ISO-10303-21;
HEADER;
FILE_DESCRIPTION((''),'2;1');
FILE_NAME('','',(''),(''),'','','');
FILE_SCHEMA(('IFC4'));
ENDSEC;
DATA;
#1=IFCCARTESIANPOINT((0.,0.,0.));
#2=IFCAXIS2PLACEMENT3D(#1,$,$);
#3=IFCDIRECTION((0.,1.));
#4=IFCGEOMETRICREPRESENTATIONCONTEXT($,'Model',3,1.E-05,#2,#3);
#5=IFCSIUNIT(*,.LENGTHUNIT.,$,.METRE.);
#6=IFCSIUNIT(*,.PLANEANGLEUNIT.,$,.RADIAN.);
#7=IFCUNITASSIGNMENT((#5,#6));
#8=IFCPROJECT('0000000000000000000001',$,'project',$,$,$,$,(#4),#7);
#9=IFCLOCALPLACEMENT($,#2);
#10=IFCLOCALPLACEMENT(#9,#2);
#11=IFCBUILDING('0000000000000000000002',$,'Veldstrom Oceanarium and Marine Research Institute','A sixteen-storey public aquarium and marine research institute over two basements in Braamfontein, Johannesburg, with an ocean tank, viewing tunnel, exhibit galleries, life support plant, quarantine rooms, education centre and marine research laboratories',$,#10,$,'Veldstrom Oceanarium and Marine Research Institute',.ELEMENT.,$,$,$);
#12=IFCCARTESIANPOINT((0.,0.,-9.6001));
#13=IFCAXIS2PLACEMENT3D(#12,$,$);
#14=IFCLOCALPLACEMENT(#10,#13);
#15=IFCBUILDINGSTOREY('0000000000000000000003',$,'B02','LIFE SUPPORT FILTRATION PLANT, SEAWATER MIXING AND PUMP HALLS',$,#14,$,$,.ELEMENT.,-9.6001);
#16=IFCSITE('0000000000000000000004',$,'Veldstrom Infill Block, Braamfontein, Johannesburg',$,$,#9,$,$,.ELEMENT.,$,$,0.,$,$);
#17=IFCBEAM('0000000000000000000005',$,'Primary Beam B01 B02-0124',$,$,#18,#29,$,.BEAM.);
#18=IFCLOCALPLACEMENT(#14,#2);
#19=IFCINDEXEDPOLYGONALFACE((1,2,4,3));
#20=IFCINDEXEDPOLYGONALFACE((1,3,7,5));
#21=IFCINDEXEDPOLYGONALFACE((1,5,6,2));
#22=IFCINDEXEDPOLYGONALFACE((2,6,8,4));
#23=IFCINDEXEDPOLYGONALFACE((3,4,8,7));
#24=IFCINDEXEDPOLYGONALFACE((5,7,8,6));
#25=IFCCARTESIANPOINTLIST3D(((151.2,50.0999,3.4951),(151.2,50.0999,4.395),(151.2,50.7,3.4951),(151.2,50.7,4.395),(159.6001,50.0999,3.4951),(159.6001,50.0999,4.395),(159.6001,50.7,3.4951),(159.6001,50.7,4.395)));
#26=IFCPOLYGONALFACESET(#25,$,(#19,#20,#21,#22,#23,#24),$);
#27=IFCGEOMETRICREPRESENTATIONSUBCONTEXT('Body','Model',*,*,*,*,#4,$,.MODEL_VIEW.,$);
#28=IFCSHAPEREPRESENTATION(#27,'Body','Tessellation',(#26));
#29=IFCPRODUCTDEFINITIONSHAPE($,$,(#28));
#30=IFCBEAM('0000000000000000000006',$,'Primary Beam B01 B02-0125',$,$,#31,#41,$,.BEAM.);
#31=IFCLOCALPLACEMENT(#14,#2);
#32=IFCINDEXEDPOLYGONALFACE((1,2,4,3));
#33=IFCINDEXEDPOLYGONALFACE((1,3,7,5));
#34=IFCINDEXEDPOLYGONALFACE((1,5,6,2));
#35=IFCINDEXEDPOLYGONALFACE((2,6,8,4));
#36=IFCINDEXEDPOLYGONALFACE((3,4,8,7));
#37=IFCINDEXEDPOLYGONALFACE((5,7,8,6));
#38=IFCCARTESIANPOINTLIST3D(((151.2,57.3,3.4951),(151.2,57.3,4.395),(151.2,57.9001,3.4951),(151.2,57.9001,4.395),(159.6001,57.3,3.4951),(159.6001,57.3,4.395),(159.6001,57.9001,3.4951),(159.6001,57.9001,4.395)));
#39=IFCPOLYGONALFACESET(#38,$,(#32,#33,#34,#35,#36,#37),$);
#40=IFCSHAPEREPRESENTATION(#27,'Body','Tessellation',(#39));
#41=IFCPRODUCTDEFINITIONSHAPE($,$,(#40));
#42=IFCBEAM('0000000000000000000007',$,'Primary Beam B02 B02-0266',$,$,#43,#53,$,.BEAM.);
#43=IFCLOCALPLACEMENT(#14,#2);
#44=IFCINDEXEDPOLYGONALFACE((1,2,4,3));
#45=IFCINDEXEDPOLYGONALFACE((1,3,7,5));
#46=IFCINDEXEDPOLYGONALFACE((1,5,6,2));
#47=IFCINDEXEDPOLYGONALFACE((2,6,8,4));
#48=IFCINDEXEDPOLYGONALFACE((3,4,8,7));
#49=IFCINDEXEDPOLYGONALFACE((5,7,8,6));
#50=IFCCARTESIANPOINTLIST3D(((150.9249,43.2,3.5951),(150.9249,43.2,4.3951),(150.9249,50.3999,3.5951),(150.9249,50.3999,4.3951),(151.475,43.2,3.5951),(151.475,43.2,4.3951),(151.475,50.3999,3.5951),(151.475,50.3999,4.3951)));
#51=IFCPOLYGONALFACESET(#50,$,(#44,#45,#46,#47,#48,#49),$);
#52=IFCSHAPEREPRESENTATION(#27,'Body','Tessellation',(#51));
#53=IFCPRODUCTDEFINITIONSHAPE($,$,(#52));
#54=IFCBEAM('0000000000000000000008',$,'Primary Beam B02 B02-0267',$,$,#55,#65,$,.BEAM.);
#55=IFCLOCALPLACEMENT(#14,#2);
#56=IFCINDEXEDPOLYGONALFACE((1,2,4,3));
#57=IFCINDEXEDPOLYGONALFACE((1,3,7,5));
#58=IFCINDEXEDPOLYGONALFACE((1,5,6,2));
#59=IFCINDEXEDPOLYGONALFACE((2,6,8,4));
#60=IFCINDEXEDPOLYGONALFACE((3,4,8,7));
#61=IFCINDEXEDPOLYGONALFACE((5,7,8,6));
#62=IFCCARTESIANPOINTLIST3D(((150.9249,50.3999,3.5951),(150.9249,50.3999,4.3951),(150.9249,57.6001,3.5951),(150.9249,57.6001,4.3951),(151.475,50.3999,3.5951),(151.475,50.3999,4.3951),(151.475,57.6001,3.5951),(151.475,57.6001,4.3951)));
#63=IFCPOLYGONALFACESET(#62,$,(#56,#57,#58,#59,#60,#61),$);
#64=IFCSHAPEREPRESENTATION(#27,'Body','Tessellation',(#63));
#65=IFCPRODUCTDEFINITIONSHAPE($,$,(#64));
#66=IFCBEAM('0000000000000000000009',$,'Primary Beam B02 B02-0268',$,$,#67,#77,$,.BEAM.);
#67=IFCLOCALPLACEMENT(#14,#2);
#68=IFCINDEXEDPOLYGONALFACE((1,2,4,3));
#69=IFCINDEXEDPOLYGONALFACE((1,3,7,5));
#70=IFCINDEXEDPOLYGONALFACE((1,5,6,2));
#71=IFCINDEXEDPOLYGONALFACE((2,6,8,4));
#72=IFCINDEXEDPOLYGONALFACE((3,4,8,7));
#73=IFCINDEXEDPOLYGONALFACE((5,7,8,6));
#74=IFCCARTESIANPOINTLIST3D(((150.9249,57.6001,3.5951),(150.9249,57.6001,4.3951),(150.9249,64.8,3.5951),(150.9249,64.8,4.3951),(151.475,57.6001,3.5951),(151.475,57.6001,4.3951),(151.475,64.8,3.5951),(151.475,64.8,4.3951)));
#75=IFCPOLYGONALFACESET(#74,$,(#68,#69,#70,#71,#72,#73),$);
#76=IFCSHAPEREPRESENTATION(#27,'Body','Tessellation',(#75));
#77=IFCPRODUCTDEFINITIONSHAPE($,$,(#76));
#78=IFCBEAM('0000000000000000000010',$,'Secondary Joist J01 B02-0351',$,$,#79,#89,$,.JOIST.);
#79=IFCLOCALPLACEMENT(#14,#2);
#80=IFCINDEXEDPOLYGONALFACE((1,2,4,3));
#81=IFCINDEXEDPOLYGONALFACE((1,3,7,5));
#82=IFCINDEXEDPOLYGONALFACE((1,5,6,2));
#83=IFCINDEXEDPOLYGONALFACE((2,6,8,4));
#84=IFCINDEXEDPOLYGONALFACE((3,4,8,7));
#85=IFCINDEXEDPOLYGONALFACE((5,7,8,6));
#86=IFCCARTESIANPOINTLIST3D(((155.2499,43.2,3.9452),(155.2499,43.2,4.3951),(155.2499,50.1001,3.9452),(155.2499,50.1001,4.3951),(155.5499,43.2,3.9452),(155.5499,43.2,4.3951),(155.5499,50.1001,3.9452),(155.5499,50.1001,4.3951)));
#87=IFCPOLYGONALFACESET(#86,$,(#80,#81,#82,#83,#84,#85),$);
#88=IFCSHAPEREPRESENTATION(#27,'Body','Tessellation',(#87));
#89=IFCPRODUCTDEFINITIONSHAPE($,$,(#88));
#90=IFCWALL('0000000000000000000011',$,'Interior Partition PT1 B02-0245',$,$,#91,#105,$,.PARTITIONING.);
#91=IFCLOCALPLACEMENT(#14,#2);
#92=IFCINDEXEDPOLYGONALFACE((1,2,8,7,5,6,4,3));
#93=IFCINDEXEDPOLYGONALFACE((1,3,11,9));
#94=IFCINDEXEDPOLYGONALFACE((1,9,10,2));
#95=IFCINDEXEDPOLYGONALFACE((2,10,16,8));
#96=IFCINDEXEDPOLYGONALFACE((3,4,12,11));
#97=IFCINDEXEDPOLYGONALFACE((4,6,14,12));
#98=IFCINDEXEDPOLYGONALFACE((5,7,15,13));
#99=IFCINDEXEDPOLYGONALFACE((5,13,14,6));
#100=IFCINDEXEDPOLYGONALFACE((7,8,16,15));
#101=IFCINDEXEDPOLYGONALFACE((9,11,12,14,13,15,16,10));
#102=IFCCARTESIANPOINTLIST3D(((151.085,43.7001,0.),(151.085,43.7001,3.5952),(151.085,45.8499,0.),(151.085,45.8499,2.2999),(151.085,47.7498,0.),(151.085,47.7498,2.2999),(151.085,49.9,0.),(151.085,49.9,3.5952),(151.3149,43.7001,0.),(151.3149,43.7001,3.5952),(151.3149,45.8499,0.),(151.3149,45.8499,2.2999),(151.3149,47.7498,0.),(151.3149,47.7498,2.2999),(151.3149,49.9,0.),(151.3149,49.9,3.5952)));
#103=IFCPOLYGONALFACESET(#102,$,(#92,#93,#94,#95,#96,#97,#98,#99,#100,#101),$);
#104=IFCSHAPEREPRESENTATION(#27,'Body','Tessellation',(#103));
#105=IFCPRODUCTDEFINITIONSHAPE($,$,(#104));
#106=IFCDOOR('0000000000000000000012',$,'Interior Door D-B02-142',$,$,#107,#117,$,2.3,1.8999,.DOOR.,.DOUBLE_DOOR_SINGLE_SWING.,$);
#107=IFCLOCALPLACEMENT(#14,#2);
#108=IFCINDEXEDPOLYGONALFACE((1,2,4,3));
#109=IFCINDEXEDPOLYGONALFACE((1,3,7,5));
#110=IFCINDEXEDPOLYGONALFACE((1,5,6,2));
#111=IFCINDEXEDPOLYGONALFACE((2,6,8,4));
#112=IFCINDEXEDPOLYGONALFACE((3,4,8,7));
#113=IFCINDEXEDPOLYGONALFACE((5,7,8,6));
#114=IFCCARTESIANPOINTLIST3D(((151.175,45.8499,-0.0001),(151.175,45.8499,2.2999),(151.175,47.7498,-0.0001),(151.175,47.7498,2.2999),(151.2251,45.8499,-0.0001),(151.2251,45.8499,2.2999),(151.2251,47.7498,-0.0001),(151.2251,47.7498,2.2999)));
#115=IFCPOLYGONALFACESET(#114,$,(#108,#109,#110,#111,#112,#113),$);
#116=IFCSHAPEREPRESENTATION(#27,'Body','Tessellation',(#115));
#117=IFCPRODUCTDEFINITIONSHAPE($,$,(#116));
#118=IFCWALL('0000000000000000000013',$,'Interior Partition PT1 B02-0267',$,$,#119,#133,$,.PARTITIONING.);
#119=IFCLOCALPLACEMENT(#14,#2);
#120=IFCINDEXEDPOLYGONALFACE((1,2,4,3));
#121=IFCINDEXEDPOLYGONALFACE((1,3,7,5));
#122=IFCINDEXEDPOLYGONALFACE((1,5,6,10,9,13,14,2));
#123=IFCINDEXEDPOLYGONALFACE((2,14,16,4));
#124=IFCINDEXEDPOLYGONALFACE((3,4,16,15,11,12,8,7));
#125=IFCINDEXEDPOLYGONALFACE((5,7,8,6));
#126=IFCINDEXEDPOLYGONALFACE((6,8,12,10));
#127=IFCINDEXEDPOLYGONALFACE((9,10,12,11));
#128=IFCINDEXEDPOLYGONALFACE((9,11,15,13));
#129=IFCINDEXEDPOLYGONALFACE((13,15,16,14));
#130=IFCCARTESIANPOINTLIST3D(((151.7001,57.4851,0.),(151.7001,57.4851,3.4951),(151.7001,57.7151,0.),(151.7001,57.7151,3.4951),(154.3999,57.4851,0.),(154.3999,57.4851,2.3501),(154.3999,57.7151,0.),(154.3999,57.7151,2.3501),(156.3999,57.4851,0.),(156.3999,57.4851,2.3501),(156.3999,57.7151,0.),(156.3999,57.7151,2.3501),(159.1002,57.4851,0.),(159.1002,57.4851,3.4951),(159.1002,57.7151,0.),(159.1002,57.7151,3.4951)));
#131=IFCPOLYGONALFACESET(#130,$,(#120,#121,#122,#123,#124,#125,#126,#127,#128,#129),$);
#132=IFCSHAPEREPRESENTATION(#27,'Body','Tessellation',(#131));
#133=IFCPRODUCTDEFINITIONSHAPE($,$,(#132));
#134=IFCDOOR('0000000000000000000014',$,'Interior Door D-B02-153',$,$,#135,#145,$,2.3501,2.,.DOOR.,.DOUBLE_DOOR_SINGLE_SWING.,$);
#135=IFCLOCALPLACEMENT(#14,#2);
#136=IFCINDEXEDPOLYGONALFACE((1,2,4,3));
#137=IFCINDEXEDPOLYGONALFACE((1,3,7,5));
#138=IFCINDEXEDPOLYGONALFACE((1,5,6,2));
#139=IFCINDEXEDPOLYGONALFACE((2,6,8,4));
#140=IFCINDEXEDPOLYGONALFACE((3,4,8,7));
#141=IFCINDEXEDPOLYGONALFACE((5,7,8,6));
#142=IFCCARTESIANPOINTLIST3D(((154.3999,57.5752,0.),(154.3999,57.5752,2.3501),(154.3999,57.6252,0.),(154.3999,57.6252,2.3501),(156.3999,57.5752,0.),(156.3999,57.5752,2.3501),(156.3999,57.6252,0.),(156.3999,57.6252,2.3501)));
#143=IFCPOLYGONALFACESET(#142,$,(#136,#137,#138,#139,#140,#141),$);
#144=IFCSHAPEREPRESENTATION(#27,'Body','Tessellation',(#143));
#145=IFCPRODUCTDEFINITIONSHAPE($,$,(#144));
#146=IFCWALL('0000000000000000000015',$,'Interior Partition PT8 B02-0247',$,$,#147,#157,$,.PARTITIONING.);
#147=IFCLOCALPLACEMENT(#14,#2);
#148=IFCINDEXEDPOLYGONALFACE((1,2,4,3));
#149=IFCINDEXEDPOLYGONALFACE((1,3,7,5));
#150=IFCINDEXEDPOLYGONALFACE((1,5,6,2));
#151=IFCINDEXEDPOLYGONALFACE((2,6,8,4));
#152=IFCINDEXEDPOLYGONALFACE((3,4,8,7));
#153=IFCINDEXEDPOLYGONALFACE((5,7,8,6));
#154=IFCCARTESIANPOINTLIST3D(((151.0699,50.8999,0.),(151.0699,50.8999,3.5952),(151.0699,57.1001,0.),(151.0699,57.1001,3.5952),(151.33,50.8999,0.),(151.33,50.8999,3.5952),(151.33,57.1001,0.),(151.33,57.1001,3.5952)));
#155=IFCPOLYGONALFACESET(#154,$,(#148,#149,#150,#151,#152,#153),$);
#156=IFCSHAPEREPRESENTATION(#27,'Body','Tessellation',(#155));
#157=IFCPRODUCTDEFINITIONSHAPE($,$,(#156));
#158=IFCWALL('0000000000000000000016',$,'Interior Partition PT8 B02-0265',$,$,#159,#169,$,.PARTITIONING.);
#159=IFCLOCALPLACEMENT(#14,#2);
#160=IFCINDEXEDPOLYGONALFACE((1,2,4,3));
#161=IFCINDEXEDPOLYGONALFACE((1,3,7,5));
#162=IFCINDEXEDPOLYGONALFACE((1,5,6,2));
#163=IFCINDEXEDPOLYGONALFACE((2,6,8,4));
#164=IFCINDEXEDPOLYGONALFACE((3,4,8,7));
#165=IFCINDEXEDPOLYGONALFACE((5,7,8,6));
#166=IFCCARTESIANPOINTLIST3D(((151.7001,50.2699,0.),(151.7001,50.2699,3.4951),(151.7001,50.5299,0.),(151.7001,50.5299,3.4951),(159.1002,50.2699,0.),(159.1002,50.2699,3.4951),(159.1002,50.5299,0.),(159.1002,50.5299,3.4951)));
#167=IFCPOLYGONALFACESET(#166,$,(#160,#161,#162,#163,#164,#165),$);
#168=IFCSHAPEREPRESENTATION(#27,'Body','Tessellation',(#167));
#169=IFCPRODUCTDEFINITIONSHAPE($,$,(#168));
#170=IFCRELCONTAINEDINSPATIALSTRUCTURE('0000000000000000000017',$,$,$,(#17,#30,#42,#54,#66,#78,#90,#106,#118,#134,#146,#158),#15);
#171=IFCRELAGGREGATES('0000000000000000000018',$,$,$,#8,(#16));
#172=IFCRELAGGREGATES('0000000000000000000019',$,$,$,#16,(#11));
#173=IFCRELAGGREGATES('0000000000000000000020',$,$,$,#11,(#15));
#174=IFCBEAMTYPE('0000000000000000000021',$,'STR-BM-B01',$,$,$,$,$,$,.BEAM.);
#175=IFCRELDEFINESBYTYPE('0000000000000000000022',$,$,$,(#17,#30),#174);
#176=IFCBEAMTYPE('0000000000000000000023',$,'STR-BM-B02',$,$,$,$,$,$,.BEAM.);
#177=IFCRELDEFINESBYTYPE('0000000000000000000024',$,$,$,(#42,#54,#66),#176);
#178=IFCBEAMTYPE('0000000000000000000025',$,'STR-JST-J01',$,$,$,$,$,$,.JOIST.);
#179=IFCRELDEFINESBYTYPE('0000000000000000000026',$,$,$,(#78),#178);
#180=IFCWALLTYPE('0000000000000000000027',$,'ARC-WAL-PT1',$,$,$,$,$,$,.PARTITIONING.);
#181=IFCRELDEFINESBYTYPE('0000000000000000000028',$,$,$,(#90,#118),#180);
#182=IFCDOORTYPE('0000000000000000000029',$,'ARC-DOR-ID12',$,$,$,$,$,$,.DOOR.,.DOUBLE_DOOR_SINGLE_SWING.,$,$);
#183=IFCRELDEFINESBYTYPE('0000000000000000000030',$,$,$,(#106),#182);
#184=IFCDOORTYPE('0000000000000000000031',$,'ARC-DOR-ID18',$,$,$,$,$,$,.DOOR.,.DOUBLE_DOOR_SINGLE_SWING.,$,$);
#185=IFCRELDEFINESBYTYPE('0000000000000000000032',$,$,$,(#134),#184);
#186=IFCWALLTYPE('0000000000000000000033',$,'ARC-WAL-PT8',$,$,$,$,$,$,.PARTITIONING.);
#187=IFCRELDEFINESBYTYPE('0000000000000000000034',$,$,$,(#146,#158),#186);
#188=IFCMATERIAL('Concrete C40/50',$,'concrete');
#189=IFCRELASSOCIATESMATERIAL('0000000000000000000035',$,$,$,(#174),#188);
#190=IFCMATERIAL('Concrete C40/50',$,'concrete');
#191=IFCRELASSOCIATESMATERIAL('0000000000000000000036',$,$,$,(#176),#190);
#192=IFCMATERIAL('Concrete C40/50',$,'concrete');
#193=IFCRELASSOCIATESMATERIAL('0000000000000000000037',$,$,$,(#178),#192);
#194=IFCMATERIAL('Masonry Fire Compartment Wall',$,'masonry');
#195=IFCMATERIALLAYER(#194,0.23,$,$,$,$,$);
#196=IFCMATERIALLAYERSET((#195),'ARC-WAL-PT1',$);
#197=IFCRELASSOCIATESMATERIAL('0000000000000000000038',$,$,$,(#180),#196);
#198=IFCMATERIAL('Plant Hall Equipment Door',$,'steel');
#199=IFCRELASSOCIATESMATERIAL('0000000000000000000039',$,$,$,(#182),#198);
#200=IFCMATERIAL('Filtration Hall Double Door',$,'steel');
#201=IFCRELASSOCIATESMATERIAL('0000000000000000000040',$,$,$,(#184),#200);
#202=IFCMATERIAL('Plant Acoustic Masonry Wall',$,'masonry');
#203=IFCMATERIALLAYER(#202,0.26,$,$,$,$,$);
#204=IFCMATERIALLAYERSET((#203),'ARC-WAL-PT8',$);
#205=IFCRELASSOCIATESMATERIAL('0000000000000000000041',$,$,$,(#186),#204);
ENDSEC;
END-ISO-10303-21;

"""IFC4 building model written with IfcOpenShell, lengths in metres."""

from ifc_helpers import new_model, si_unit, direction, frame, frame_2d, origin, origin_2d, place, context, subcontext, project, spatial, rectangle, extrude, material, layer, layer_set, material_profile, profile_set, type_object, element, fill, save


model = new_model("IFC4")

# Units and contexts
model_context = context("Model", 3, precision=1e-05, world=origin(), true_north=direction((0.0, 1.0)))
body_context = subcontext(model_context, "Body", "Model", "MODEL_VIEW")
ifc_project = project(units=[si_unit("LENGTHUNIT", "METRE"), si_unit("PLANEANGLEUNIT", "RADIAN")], contexts=[model_context])

# Site, building, storey
site_placement = place(None, origin())
site = spatial("IfcSite", under=ifc_project, at=site_placement, Name="Veldstrom Infill Block, Braamfontein, Johannesburg", CompositionType="ELEMENT", RefElevation=0.0)
building_placement = place(site_placement, origin())
building = spatial("IfcBuilding", under=site, at=building_placement, Name="Veldstrom Oceanarium and Marine Research Institute", Description="A sixteen-storey public aquarium and marine research institute over two basements in Braamfontein, Johannesburg, with an ocean tank, viewing tunnel, exhibit galleries, life support plant, quarantine rooms, education centre and marine research laboratories", LongName="Veldstrom Oceanarium and Marine Research Institute", CompositionType="ELEMENT")
storey_placement = place(building_placement, frame((0.0, 0.0, -9.6001)))
storey = spatial("IfcBuildingStorey", under=building, at=storey_placement, Name="B02", Description="LIFE SUPPORT FILTRATION PLANT, SEAWATER MIXING AND PUMP HALLS", CompositionType="ELEMENT", Elevation=-9.6001)

# Beams
ifc_material_1 = material(Name="Concrete C40/50", Category="concrete")
ifc_material_profile_1 = material_profile(ifc_material_1, rectangle(XDim=0.6001, YDim=0.8999, at=origin_2d()), Name="RC-BM-600x900")
ifc_profile_set_1 = profile_set([ifc_material_profile_1], Name="Concrete C40/50")
beam_type_1 = type_object("IfcBeamType", Name="STR-BM-B01", PredefinedType="BEAM", material=ifc_profile_set_1)
for number, where, z_axis, x_axis, name in (
    (1, (151.2, 50.3999, 3.9451), (1.0, 0.0, 0.0), (0.0, 1.0, 0.0), "Primary Beam B01 B02-0124"),
    (2, (151.2, 57.6001, 3.9451), (1.0, 0.0, 0.0), (0.0, 1.0, 0.0), "Primary Beam B01 B02-0125"),
):
    element("IfcBeam", number, at=place(storey_placement, frame(where, z_axis=z_axis, x_axis=x_axis)), inside=storey, type_object=beam_type_1, Name=name, PredefinedType="BEAM", context=body_context, shape_type="SweptSolid", body=[
        extrude(rectangle(XDim=0.6001, YDim=0.8999, at=origin_2d()), origin(), (0.0, 0.0, 1.0), 8.4001),
    ])
ifc_material_2 = material(Name="Concrete C40/50", Category="concrete")
ifc_material_profile_2 = material_profile(ifc_material_2, rectangle(XDim=0.55, YDim=0.8, at=origin_2d()), Name="RC-BM-550x800")
ifc_profile_set_2 = profile_set([ifc_material_profile_2], Name="Concrete C40/50")
beam_type_2 = type_object("IfcBeamType", Name="STR-BM-B02", PredefinedType="BEAM", material=ifc_profile_set_2)
beam_1_placement = place(storey_placement, frame((151.2, 43.2, 3.9951), z_axis=(0.0, 1.0, 0.0), x_axis=(-1.0, 0.0, 0.0)))
element("IfcBeam", 3, at=beam_1_placement, inside=storey, type_object=beam_type_2, Name="Primary Beam B02 B02-0266", PredefinedType="BEAM", context=body_context, shape_type="SweptSolid", body=[
    extrude(rectangle(XDim=0.55, YDim=0.8, at=origin_2d()), origin(), (0.0, 0.0, 1.0), 7.2),
])
beam_2_placement = place(storey_placement, frame((151.2, 50.3999, 3.9951), z_axis=(0.0, 1.0, 0.0), x_axis=(-1.0, 0.0, 0.0)))
element("IfcBeam", 4, at=beam_2_placement, inside=storey, type_object=beam_type_2, Name="Primary Beam B02 B02-0267", PredefinedType="BEAM", context=body_context, shape_type="SweptSolid", body=[
    extrude(rectangle(XDim=0.55, YDim=0.8, at=origin_2d()), origin(), (0.0, 0.0, 1.0), 7.2002),
])
beam_3_placement = place(storey_placement, frame((151.2, 57.6001, 3.9951), z_axis=(0.0, 1.0, 0.0), x_axis=(-1.0, 0.0, 0.0)))
element("IfcBeam", 5, at=beam_3_placement, inside=storey, type_object=beam_type_2, Name="Primary Beam B02 B02-0268", PredefinedType="BEAM", context=body_context, shape_type="SweptSolid", body=[
    extrude(rectangle(XDim=0.55, YDim=0.8, at=origin_2d()), origin(), (0.0, 0.0, 1.0), 7.2),
])
ifc_material_3 = material(Name="Concrete C40/50", Category="concrete")
ifc_material_profile_3 = material_profile(ifc_material_3, rectangle(XDim=0.3, YDim=0.45, at=origin_2d()), Name="RC-JST-300x450")
ifc_profile_set_3 = profile_set([ifc_material_profile_3], Name="Concrete C40/50")
beam_type_3 = type_object("IfcBeamType", Name="STR-JST-J01", PredefinedType="JOIST", material=ifc_profile_set_3)
beam_4_placement = place(storey_placement, frame((155.3999, 43.2, 4.1702), z_axis=(0.0, 1.0, 0.0), x_axis=(-1.0, 0.0, 0.0)))
element("IfcBeam", 6, at=beam_4_placement, inside=storey, type_object=beam_type_3, Name="Secondary Joist J01 B02-0351", PredefinedType="JOIST", context=body_context, shape_type="SweptSolid", body=[
    extrude(rectangle(XDim=0.3, YDim=0.45, at=origin_2d()), origin(), (0.0, 0.0, 1.0), 6.9001),
])

# Walls, openings, doors
ifc_material_4 = material(Name="Masonry Fire Compartment Wall", Category="masonry")
ifc_layer_1 = layer(ifc_material_4, 0.23)
ifc_layer_set_1 = layer_set([ifc_layer_1], Name="ARC-WAL-PT1")
wall_type_1 = type_object("IfcWallType", Name="ARC-WAL-PT1", PredefinedType="PARTITIONING", material=ifc_layer_set_1)
wall_1_placement = place(storey_placement, frame((151.2, 43.7, 0.0), z_axis=(0.0, 0.0, 1.0), x_axis=(0.0, 1.0, 0.0)))
wall_1 = element("IfcWall", 7, at=wall_1_placement, inside=storey, type_object=wall_type_1, Name="Interior Partition PT1 B02-0245", PredefinedType="PARTITIONING", context=body_context, shape_type="SweptSolid", body=[
    extrude(rectangle(XDim=6.2, YDim=0.23, at=frame_2d((3.1001, 0.0))), origin(), (0.0, 0.0, 1.0), 3.5952),
])
opening_1_placement = place(wall_1_placement, frame((2.1499, 0.0, 0.0)))
opening_1 = element("IfcOpeningElement", 8, at=opening_1_placement, cuts=wall_1, PredefinedType="OPENING", context=body_context, shape_type="SweptSolid", body=[
    extrude(rectangle(XDim=1.8999, YDim=2.3, at=frame_2d((0.95, 1.1499))), frame((0.0, 0.125, 0.0), z_axis=(0.0, -1.0, 0.0), x_axis=(1.0, 0.0, 0.0)), (0.0, 0.0, 1.0), 0.25),
])
ifc_material_5 = material(Name="Plant Hall Equipment Door", Category="steel")
door_type_1 = type_object("IfcDoorType", Name="ARC-DOR-ID12", OperationType="DOUBLE_DOOR_SINGLE_SWING", PredefinedType="DOOR", material=ifc_material_5)
door_1_placement = place(opening_1_placement, origin())
door_1 = element("IfcDoor", 9, at=door_1_placement, inside=storey, type_object=door_type_1, Name="Interior Door D-B02-142", OperationType="DOUBLE_DOOR_SINGLE_SWING", OverallHeight=2.3, OverallWidth=1.8999, PredefinedType="DOOR", context=body_context, shape_type="SweptSolid", body=[
    extrude(rectangle(XDim=1.8999, YDim=2.3, at=frame_2d((0.95, 1.1499))), frame((0.0, 0.0249, 0.0), z_axis=(0.0, -1.0, 0.0), x_axis=(1.0, 0.0, 0.0)), (0.0, 0.0, 1.0), 0.05),
])
fill(opening_1, door_1)
wall_2_placement = place(storey_placement, frame((151.7, 57.6001, 0.0), z_axis=(0.0, 0.0, 1.0), x_axis=(1.0, 0.0, 0.0)))
wall_2 = element("IfcWall", 10, at=wall_2_placement, inside=storey, type_object=wall_type_1, Name="Interior Partition PT1 B02-0267", PredefinedType="PARTITIONING", context=body_context, shape_type="SweptSolid", body=[
    extrude(rectangle(XDim=7.4001, YDim=0.23, at=frame_2d((3.7002, 0.0))), origin(), (0.0, 0.0, 1.0), 3.4951),
])
opening_2_placement = place(wall_2_placement, frame((2.7, 0.0, 0.0)))
opening_2 = element("IfcOpeningElement", 11, at=opening_2_placement, cuts=wall_2, PredefinedType="OPENING", context=body_context, shape_type="SweptSolid", body=[
    extrude(rectangle(XDim=2.0, YDim=2.3501, at=frame_2d((1.0, 1.175))), frame((0.0, 0.125, 0.0), z_axis=(0.0, -1.0, 0.0), x_axis=(1.0, 0.0, 0.0)), (0.0, 0.0, 1.0), 0.25),
])
ifc_material_6 = material(Name="Filtration Hall Double Door", Category="steel")
door_type_2 = type_object("IfcDoorType", Name="ARC-DOR-ID18", OperationType="DOUBLE_DOOR_SINGLE_SWING", PredefinedType="DOOR", material=ifc_material_6)
door_2_placement = place(opening_2_placement, frame((2.0, 0.0, 0.0), z_axis=(0.0, 0.0, 1.0), x_axis=(-1.0, 0.0, 0.0)))
door_2 = element("IfcDoor", 12, at=door_2_placement, inside=storey, type_object=door_type_2, Name="Interior Door D-B02-153", OperationType="DOUBLE_DOOR_SINGLE_SWING", OverallHeight=2.3501, OverallWidth=2.0, PredefinedType="DOOR", context=body_context, shape_type="SweptSolid", body=[
    extrude(rectangle(XDim=2.0, YDim=2.3501, at=frame_2d((1.0, 1.175))), frame((0.0, 0.0249, 0.0), z_axis=(0.0, -1.0, 0.0), x_axis=(1.0, 0.0, 0.0)), (0.0, 0.0, 1.0), 0.05),
])
fill(opening_2, door_2)

# Walls
ifc_material_7 = material(Name="Plant Acoustic Masonry Wall", Category="masonry")
ifc_layer_2 = layer(ifc_material_7, 0.26)
ifc_layer_set_2 = layer_set([ifc_layer_2], Name="ARC-WAL-PT8")
wall_type_2 = type_object("IfcWallType", Name="ARC-WAL-PT8", PredefinedType="PARTITIONING", material=ifc_layer_set_2)
wall_3_placement = place(storey_placement, frame((151.2, 50.8999, 0.0), z_axis=(0.0, 0.0, 1.0), x_axis=(0.0, 1.0, 0.0)))
element("IfcWall", 13, at=wall_3_placement, inside=storey, type_object=wall_type_2, Name="Interior Partition PT8 B02-0247", PredefinedType="PARTITIONING", context=body_context, shape_type="SweptSolid", body=[
    extrude(rectangle(XDim=6.2002, YDim=0.26, at=frame_2d((3.1001, 0.0))), origin(), (0.0, 0.0, 1.0), 3.5952),
])
wall_4_placement = place(storey_placement, frame((151.7, 50.3999, 0.0), z_axis=(0.0, 0.0, 1.0), x_axis=(1.0, 0.0, 0.0)))
element("IfcWall", 14, at=wall_4_placement, inside=storey, type_object=wall_type_2, Name="Interior Partition PT8 B02-0265", PredefinedType="PARTITIONING", context=body_context, shape_type="SweptSolid", body=[
    extrude(rectangle(XDim=7.4001, YDim=0.26, at=frame_2d((3.7002, 0.0))), origin(), (0.0, 0.0, 1.0), 3.4951),
])

save(model, "model.ifc")
